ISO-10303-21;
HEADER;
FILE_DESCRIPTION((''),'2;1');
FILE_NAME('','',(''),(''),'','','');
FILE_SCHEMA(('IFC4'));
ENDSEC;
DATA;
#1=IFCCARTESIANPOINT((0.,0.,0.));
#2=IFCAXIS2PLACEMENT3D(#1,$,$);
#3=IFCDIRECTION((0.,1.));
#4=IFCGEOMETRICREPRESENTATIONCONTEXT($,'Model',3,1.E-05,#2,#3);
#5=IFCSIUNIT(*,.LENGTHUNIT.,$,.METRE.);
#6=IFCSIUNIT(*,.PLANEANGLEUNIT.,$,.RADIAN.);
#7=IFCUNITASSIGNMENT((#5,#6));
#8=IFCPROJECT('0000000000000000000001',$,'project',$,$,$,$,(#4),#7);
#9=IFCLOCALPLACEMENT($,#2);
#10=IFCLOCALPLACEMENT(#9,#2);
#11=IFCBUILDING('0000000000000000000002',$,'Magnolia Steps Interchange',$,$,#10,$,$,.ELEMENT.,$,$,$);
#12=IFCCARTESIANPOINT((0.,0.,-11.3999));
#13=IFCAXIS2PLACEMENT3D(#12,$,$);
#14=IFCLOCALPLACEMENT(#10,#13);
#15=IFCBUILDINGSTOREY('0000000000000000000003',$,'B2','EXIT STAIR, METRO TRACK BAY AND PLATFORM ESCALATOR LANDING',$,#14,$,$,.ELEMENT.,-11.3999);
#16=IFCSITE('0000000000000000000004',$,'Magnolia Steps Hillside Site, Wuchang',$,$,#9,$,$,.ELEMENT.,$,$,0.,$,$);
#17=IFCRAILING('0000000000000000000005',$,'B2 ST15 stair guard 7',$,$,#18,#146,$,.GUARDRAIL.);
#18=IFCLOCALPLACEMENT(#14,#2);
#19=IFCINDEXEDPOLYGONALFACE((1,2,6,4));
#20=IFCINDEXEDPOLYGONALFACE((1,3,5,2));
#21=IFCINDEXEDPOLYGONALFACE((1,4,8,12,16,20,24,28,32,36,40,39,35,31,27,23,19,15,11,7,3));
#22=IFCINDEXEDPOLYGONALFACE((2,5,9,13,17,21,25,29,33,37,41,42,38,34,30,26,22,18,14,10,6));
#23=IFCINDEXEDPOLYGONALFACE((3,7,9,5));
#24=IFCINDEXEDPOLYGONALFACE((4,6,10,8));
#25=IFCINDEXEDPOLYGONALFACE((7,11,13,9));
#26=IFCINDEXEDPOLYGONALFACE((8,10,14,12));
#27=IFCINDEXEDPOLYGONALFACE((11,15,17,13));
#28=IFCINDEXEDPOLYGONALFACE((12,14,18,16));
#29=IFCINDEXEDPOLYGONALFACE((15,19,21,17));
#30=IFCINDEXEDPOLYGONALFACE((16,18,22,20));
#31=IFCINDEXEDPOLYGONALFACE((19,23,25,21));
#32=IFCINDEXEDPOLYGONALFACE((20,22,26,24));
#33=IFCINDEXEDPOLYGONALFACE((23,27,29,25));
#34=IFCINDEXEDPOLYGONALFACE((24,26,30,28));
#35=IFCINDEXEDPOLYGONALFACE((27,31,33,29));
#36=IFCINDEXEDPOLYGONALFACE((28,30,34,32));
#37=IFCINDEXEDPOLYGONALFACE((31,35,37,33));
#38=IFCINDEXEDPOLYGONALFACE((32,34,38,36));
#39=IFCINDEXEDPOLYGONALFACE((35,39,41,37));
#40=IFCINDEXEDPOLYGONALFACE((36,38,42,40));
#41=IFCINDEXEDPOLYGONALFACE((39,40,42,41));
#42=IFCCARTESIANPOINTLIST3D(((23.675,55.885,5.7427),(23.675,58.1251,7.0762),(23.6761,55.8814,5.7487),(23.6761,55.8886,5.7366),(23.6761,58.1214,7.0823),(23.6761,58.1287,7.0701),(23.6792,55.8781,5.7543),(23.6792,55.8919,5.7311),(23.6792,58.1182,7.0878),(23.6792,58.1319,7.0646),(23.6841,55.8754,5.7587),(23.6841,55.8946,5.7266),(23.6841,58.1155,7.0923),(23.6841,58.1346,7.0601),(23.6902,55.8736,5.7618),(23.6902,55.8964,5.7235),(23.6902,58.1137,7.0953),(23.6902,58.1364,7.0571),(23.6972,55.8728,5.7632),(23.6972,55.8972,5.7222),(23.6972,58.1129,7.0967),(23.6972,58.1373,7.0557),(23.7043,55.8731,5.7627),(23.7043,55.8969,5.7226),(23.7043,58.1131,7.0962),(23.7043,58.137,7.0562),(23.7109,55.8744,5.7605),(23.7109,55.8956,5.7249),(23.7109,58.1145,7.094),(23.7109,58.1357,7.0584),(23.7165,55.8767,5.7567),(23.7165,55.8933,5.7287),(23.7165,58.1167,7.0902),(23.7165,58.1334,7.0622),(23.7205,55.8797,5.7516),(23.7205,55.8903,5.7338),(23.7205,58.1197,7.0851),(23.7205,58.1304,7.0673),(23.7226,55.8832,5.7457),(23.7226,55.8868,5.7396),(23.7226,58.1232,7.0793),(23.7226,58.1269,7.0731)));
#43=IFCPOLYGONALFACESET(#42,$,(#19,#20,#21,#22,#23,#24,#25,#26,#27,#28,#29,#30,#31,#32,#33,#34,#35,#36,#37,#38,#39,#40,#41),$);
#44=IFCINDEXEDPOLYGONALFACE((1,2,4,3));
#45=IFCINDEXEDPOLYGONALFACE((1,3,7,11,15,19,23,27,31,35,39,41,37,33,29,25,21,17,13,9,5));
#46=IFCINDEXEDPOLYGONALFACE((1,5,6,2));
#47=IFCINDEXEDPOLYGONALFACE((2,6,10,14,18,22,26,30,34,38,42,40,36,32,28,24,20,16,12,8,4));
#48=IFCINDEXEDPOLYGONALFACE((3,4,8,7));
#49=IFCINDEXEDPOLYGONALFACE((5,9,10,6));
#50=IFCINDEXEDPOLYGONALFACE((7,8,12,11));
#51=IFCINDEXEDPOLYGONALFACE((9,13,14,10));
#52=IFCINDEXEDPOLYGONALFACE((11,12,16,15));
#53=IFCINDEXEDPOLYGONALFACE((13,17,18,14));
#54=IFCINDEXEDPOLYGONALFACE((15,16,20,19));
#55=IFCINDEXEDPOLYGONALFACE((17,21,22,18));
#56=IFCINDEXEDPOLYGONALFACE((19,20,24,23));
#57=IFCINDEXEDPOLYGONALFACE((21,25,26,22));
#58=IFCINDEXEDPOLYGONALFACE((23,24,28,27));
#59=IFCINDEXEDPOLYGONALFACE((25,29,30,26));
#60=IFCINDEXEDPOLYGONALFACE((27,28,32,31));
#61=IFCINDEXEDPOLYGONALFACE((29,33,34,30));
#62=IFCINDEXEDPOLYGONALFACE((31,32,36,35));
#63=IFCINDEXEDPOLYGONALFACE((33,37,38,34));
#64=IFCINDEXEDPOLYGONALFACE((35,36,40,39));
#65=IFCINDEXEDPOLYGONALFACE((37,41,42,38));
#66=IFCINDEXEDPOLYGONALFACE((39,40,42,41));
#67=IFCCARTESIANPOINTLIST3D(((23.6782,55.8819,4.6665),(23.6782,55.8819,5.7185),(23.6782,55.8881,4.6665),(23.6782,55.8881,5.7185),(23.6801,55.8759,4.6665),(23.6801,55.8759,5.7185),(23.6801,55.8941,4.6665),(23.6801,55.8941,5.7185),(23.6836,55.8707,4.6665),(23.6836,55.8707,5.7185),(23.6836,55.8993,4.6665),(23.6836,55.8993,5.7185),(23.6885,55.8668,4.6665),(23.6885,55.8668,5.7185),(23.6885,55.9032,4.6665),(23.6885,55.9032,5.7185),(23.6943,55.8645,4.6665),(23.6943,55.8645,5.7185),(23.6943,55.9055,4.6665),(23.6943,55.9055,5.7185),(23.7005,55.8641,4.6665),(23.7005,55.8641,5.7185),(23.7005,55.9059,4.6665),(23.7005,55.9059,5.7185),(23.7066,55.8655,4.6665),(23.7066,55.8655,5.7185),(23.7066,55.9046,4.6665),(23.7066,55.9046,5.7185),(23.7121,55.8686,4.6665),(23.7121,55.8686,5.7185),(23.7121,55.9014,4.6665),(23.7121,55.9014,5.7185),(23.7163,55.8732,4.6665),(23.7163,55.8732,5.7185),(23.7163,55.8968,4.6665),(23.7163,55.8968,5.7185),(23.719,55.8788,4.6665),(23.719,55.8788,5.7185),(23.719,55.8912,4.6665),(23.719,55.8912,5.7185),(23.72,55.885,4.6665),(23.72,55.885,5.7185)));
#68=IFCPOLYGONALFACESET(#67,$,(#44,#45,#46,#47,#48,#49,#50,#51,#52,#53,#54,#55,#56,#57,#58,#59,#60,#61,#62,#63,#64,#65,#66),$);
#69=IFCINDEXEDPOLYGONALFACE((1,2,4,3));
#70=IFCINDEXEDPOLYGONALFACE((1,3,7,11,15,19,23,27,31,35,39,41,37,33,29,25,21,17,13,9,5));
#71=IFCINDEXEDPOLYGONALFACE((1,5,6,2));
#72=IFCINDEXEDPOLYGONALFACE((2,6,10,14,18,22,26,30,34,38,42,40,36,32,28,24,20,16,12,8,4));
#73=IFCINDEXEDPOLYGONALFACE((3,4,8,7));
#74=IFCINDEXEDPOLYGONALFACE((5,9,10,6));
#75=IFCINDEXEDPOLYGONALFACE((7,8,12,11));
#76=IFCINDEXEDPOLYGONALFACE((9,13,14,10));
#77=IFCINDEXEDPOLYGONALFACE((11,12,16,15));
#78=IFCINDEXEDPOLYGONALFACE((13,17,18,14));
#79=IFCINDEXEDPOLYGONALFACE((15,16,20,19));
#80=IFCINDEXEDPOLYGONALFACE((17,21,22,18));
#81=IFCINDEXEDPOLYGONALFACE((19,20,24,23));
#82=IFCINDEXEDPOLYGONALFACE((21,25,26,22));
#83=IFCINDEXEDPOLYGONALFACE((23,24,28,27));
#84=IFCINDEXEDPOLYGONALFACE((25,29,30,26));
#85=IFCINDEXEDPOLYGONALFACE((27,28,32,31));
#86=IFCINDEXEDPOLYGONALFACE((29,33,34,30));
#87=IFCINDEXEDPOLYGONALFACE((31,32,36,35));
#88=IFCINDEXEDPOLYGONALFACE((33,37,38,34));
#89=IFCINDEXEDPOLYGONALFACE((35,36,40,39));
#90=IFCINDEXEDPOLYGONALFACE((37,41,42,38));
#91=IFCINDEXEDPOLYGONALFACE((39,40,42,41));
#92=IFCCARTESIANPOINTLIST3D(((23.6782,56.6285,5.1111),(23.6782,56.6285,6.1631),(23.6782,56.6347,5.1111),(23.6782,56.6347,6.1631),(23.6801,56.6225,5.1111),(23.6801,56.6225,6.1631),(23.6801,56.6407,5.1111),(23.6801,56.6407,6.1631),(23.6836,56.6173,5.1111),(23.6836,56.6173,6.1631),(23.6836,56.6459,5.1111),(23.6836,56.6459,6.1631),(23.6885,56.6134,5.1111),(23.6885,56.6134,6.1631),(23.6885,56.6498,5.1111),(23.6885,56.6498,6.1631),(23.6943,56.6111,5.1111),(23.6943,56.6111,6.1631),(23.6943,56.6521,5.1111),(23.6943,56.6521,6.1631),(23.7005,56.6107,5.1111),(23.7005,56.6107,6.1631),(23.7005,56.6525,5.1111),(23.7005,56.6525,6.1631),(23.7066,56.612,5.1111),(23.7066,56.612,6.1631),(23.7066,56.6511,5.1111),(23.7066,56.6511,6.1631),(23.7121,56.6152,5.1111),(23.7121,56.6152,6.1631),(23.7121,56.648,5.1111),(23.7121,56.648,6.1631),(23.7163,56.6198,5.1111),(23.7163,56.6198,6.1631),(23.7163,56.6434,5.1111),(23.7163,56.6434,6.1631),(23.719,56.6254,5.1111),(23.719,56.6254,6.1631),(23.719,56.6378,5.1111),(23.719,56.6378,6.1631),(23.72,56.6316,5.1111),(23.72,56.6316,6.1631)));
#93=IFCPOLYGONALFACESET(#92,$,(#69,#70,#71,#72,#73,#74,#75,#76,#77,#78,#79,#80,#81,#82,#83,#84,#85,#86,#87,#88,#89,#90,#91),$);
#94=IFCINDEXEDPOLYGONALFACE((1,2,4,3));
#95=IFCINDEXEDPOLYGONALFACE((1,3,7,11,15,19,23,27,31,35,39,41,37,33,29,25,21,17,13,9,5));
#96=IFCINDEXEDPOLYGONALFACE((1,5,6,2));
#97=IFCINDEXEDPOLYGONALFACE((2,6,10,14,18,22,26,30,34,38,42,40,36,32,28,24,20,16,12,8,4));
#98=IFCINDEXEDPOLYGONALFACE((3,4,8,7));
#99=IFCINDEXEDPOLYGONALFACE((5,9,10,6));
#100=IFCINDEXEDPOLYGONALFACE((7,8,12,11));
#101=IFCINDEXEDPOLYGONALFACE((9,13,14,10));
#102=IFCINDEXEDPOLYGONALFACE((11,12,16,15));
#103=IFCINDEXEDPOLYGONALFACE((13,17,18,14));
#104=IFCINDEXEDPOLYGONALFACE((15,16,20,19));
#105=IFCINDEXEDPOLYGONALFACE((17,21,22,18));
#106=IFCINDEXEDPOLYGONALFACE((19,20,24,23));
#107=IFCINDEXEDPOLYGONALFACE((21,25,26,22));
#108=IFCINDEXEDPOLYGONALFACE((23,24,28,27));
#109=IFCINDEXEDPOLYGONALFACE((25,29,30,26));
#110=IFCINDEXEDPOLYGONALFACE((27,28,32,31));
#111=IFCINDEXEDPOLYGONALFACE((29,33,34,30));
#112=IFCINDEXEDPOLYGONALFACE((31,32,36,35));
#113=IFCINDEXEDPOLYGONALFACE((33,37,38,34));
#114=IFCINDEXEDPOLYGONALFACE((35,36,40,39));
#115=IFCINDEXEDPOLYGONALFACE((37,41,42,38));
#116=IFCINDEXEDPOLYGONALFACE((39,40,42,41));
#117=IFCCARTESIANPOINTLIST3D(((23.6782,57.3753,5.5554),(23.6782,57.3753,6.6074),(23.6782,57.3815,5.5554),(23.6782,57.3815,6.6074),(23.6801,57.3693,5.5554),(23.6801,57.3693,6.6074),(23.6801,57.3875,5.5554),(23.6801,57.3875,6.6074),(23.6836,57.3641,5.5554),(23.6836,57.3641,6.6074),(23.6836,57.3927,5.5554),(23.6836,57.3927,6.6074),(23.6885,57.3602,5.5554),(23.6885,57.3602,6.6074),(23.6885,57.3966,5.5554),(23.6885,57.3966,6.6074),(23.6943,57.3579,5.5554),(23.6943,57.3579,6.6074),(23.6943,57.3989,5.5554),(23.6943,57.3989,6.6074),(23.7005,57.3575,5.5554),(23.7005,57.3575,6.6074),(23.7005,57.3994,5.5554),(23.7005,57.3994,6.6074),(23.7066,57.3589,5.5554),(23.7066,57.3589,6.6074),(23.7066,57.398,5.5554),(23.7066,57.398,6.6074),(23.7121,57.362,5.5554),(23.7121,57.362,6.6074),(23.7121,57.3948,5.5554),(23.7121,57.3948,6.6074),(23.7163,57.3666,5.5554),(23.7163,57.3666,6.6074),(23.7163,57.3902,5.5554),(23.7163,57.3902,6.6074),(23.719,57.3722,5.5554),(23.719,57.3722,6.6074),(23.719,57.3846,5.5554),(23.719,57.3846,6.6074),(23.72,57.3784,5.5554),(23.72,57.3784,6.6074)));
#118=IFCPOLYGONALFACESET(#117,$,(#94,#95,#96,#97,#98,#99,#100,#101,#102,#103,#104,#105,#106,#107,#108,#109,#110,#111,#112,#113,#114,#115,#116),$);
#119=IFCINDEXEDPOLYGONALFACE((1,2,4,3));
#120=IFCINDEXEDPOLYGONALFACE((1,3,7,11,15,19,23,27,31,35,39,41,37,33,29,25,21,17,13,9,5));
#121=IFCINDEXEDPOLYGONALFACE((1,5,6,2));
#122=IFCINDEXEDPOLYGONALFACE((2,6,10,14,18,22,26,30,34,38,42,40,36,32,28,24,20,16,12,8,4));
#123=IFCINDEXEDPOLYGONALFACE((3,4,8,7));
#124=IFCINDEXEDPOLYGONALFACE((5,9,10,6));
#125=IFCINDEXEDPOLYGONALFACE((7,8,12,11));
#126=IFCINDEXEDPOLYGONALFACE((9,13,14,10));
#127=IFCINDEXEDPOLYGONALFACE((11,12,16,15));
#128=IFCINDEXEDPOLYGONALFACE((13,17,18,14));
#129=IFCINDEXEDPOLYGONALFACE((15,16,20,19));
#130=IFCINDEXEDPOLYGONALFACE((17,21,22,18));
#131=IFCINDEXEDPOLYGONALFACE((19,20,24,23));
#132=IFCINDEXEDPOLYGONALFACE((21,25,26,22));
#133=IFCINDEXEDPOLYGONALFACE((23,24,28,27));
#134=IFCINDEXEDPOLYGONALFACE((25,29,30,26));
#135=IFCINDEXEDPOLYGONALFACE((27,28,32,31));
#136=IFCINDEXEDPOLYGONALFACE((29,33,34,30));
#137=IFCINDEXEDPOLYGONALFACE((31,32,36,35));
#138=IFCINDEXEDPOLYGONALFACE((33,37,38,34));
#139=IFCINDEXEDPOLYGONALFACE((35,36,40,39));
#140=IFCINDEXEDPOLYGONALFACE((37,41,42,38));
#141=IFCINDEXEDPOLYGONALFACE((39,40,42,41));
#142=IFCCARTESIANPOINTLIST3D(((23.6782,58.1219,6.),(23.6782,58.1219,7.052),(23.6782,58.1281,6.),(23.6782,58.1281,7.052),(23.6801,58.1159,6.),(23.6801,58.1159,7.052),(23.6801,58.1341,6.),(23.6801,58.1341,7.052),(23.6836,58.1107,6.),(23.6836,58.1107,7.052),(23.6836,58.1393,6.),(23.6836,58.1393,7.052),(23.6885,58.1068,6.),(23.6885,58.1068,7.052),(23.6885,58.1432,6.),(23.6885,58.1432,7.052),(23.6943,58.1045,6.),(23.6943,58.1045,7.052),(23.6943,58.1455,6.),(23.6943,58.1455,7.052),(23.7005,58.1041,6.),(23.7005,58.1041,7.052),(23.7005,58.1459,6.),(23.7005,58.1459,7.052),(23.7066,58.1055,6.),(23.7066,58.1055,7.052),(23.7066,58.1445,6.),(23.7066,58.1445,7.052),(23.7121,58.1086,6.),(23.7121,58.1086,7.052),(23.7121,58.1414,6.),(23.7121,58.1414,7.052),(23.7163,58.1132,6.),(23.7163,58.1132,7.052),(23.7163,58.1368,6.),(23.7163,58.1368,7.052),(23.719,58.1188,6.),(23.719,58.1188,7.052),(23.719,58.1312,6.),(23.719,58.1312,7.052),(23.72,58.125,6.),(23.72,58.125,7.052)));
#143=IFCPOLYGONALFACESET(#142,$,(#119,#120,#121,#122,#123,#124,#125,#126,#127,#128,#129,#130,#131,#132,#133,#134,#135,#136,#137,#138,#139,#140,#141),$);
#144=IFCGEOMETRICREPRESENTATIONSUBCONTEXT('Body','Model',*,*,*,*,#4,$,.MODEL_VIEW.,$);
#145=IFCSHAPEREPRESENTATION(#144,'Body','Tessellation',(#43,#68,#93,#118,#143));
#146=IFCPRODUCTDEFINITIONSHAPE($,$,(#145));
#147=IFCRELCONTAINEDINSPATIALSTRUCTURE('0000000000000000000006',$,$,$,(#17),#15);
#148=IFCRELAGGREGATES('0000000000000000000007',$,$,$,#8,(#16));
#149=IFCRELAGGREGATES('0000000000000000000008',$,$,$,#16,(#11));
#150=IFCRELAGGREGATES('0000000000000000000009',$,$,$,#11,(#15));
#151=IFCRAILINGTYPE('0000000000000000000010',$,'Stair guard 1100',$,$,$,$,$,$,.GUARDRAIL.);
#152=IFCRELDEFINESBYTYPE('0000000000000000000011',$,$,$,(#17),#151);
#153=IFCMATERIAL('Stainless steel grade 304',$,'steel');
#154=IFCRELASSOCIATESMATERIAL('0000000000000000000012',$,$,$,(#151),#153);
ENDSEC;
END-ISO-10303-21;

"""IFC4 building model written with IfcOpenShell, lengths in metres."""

from ifc_helpers import new_model, si_unit, direction, frame, origin, origin_2d, place, context, subcontext, project, spatial, circle, extrude, material, type_object, element, save


model = new_model("IFC4")

# Units and contexts
model_context = context("Model", 3, precision=1e-05, world=origin(), true_north=direction((0.0, 1.0)))
body_context = subcontext(model_context, "Body", "Model", "MODEL_VIEW")
ifc_project = project(units=[si_unit("LENGTHUNIT", "METRE"), si_unit("PLANEANGLEUNIT", "RADIAN")], contexts=[model_context])

# Site, building, storey
site_placement = place(None, origin())
site = spatial("IfcSite", under=ifc_project, at=site_placement, Name="Magnolia Steps Hillside Site, Wuchang", CompositionType="ELEMENT", RefElevation=0.0)
building_placement = place(site_placement, origin())
building = spatial("IfcBuilding", under=site, at=building_placement, Name="Magnolia Steps Interchange", CompositionType="ELEMENT")
storey_placement = place(building_placement, frame((0.0, 0.0, -11.3999)))
storey = spatial("IfcBuildingStorey", under=building, at=storey_placement, Name="B2", Description="EXIT STAIR, METRO TRACK BAY AND PLATFORM ESCALATOR LANDING", CompositionType="ELEMENT", Elevation=-11.3999)

# Railing
ifc_material_1 = material(Name="Stainless steel grade 304", Category="steel")
railing_type_1 = type_object("IfcRailingType", Name="Stair guard 1100", PredefinedType="GUARDRAIL", material=ifc_material_1)
railing_1_placement = place(storey_placement, frame((23.699, 55.885, 4.6665)))
element("IfcRailing", 1, at=railing_1_placement, inside=storey, type_object=railing_type_1, Name="B2 ST15 stair guard 7", PredefinedType="GUARDRAIL", context=body_context, shape_type="SweptSolid", body=[
    extrude(circle(Radius=0.0239, at=origin_2d()), frame((0.0, 0.0, 1.0762), z_axis=(0.0, 0.859264, 0.511532), x_axis=(-1.0, 0.0, 0.0)), (0.0, 0.0, 1.0), 2.6069),
    extrude(circle(Radius=0.021, at=origin_2d()), origin(), (0.0, 0.0, 1.0), 1.052),
    extrude(circle(Radius=0.021, at=origin_2d()), frame((0.0, 0.7466, 0.4446)), (0.0, 0.0, 1.0), 1.052),
    extrude(circle(Radius=0.021, at=origin_2d()), frame((0.0, 1.4934, 0.8889)), (0.0, 0.0, 1.0), 1.052),
    extrude(circle(Radius=0.021, at=origin_2d()), frame((0.0, 2.24, 1.3335)), (0.0, 0.0, 1.0), 1.052),
])

save(model, "model.ifc")
